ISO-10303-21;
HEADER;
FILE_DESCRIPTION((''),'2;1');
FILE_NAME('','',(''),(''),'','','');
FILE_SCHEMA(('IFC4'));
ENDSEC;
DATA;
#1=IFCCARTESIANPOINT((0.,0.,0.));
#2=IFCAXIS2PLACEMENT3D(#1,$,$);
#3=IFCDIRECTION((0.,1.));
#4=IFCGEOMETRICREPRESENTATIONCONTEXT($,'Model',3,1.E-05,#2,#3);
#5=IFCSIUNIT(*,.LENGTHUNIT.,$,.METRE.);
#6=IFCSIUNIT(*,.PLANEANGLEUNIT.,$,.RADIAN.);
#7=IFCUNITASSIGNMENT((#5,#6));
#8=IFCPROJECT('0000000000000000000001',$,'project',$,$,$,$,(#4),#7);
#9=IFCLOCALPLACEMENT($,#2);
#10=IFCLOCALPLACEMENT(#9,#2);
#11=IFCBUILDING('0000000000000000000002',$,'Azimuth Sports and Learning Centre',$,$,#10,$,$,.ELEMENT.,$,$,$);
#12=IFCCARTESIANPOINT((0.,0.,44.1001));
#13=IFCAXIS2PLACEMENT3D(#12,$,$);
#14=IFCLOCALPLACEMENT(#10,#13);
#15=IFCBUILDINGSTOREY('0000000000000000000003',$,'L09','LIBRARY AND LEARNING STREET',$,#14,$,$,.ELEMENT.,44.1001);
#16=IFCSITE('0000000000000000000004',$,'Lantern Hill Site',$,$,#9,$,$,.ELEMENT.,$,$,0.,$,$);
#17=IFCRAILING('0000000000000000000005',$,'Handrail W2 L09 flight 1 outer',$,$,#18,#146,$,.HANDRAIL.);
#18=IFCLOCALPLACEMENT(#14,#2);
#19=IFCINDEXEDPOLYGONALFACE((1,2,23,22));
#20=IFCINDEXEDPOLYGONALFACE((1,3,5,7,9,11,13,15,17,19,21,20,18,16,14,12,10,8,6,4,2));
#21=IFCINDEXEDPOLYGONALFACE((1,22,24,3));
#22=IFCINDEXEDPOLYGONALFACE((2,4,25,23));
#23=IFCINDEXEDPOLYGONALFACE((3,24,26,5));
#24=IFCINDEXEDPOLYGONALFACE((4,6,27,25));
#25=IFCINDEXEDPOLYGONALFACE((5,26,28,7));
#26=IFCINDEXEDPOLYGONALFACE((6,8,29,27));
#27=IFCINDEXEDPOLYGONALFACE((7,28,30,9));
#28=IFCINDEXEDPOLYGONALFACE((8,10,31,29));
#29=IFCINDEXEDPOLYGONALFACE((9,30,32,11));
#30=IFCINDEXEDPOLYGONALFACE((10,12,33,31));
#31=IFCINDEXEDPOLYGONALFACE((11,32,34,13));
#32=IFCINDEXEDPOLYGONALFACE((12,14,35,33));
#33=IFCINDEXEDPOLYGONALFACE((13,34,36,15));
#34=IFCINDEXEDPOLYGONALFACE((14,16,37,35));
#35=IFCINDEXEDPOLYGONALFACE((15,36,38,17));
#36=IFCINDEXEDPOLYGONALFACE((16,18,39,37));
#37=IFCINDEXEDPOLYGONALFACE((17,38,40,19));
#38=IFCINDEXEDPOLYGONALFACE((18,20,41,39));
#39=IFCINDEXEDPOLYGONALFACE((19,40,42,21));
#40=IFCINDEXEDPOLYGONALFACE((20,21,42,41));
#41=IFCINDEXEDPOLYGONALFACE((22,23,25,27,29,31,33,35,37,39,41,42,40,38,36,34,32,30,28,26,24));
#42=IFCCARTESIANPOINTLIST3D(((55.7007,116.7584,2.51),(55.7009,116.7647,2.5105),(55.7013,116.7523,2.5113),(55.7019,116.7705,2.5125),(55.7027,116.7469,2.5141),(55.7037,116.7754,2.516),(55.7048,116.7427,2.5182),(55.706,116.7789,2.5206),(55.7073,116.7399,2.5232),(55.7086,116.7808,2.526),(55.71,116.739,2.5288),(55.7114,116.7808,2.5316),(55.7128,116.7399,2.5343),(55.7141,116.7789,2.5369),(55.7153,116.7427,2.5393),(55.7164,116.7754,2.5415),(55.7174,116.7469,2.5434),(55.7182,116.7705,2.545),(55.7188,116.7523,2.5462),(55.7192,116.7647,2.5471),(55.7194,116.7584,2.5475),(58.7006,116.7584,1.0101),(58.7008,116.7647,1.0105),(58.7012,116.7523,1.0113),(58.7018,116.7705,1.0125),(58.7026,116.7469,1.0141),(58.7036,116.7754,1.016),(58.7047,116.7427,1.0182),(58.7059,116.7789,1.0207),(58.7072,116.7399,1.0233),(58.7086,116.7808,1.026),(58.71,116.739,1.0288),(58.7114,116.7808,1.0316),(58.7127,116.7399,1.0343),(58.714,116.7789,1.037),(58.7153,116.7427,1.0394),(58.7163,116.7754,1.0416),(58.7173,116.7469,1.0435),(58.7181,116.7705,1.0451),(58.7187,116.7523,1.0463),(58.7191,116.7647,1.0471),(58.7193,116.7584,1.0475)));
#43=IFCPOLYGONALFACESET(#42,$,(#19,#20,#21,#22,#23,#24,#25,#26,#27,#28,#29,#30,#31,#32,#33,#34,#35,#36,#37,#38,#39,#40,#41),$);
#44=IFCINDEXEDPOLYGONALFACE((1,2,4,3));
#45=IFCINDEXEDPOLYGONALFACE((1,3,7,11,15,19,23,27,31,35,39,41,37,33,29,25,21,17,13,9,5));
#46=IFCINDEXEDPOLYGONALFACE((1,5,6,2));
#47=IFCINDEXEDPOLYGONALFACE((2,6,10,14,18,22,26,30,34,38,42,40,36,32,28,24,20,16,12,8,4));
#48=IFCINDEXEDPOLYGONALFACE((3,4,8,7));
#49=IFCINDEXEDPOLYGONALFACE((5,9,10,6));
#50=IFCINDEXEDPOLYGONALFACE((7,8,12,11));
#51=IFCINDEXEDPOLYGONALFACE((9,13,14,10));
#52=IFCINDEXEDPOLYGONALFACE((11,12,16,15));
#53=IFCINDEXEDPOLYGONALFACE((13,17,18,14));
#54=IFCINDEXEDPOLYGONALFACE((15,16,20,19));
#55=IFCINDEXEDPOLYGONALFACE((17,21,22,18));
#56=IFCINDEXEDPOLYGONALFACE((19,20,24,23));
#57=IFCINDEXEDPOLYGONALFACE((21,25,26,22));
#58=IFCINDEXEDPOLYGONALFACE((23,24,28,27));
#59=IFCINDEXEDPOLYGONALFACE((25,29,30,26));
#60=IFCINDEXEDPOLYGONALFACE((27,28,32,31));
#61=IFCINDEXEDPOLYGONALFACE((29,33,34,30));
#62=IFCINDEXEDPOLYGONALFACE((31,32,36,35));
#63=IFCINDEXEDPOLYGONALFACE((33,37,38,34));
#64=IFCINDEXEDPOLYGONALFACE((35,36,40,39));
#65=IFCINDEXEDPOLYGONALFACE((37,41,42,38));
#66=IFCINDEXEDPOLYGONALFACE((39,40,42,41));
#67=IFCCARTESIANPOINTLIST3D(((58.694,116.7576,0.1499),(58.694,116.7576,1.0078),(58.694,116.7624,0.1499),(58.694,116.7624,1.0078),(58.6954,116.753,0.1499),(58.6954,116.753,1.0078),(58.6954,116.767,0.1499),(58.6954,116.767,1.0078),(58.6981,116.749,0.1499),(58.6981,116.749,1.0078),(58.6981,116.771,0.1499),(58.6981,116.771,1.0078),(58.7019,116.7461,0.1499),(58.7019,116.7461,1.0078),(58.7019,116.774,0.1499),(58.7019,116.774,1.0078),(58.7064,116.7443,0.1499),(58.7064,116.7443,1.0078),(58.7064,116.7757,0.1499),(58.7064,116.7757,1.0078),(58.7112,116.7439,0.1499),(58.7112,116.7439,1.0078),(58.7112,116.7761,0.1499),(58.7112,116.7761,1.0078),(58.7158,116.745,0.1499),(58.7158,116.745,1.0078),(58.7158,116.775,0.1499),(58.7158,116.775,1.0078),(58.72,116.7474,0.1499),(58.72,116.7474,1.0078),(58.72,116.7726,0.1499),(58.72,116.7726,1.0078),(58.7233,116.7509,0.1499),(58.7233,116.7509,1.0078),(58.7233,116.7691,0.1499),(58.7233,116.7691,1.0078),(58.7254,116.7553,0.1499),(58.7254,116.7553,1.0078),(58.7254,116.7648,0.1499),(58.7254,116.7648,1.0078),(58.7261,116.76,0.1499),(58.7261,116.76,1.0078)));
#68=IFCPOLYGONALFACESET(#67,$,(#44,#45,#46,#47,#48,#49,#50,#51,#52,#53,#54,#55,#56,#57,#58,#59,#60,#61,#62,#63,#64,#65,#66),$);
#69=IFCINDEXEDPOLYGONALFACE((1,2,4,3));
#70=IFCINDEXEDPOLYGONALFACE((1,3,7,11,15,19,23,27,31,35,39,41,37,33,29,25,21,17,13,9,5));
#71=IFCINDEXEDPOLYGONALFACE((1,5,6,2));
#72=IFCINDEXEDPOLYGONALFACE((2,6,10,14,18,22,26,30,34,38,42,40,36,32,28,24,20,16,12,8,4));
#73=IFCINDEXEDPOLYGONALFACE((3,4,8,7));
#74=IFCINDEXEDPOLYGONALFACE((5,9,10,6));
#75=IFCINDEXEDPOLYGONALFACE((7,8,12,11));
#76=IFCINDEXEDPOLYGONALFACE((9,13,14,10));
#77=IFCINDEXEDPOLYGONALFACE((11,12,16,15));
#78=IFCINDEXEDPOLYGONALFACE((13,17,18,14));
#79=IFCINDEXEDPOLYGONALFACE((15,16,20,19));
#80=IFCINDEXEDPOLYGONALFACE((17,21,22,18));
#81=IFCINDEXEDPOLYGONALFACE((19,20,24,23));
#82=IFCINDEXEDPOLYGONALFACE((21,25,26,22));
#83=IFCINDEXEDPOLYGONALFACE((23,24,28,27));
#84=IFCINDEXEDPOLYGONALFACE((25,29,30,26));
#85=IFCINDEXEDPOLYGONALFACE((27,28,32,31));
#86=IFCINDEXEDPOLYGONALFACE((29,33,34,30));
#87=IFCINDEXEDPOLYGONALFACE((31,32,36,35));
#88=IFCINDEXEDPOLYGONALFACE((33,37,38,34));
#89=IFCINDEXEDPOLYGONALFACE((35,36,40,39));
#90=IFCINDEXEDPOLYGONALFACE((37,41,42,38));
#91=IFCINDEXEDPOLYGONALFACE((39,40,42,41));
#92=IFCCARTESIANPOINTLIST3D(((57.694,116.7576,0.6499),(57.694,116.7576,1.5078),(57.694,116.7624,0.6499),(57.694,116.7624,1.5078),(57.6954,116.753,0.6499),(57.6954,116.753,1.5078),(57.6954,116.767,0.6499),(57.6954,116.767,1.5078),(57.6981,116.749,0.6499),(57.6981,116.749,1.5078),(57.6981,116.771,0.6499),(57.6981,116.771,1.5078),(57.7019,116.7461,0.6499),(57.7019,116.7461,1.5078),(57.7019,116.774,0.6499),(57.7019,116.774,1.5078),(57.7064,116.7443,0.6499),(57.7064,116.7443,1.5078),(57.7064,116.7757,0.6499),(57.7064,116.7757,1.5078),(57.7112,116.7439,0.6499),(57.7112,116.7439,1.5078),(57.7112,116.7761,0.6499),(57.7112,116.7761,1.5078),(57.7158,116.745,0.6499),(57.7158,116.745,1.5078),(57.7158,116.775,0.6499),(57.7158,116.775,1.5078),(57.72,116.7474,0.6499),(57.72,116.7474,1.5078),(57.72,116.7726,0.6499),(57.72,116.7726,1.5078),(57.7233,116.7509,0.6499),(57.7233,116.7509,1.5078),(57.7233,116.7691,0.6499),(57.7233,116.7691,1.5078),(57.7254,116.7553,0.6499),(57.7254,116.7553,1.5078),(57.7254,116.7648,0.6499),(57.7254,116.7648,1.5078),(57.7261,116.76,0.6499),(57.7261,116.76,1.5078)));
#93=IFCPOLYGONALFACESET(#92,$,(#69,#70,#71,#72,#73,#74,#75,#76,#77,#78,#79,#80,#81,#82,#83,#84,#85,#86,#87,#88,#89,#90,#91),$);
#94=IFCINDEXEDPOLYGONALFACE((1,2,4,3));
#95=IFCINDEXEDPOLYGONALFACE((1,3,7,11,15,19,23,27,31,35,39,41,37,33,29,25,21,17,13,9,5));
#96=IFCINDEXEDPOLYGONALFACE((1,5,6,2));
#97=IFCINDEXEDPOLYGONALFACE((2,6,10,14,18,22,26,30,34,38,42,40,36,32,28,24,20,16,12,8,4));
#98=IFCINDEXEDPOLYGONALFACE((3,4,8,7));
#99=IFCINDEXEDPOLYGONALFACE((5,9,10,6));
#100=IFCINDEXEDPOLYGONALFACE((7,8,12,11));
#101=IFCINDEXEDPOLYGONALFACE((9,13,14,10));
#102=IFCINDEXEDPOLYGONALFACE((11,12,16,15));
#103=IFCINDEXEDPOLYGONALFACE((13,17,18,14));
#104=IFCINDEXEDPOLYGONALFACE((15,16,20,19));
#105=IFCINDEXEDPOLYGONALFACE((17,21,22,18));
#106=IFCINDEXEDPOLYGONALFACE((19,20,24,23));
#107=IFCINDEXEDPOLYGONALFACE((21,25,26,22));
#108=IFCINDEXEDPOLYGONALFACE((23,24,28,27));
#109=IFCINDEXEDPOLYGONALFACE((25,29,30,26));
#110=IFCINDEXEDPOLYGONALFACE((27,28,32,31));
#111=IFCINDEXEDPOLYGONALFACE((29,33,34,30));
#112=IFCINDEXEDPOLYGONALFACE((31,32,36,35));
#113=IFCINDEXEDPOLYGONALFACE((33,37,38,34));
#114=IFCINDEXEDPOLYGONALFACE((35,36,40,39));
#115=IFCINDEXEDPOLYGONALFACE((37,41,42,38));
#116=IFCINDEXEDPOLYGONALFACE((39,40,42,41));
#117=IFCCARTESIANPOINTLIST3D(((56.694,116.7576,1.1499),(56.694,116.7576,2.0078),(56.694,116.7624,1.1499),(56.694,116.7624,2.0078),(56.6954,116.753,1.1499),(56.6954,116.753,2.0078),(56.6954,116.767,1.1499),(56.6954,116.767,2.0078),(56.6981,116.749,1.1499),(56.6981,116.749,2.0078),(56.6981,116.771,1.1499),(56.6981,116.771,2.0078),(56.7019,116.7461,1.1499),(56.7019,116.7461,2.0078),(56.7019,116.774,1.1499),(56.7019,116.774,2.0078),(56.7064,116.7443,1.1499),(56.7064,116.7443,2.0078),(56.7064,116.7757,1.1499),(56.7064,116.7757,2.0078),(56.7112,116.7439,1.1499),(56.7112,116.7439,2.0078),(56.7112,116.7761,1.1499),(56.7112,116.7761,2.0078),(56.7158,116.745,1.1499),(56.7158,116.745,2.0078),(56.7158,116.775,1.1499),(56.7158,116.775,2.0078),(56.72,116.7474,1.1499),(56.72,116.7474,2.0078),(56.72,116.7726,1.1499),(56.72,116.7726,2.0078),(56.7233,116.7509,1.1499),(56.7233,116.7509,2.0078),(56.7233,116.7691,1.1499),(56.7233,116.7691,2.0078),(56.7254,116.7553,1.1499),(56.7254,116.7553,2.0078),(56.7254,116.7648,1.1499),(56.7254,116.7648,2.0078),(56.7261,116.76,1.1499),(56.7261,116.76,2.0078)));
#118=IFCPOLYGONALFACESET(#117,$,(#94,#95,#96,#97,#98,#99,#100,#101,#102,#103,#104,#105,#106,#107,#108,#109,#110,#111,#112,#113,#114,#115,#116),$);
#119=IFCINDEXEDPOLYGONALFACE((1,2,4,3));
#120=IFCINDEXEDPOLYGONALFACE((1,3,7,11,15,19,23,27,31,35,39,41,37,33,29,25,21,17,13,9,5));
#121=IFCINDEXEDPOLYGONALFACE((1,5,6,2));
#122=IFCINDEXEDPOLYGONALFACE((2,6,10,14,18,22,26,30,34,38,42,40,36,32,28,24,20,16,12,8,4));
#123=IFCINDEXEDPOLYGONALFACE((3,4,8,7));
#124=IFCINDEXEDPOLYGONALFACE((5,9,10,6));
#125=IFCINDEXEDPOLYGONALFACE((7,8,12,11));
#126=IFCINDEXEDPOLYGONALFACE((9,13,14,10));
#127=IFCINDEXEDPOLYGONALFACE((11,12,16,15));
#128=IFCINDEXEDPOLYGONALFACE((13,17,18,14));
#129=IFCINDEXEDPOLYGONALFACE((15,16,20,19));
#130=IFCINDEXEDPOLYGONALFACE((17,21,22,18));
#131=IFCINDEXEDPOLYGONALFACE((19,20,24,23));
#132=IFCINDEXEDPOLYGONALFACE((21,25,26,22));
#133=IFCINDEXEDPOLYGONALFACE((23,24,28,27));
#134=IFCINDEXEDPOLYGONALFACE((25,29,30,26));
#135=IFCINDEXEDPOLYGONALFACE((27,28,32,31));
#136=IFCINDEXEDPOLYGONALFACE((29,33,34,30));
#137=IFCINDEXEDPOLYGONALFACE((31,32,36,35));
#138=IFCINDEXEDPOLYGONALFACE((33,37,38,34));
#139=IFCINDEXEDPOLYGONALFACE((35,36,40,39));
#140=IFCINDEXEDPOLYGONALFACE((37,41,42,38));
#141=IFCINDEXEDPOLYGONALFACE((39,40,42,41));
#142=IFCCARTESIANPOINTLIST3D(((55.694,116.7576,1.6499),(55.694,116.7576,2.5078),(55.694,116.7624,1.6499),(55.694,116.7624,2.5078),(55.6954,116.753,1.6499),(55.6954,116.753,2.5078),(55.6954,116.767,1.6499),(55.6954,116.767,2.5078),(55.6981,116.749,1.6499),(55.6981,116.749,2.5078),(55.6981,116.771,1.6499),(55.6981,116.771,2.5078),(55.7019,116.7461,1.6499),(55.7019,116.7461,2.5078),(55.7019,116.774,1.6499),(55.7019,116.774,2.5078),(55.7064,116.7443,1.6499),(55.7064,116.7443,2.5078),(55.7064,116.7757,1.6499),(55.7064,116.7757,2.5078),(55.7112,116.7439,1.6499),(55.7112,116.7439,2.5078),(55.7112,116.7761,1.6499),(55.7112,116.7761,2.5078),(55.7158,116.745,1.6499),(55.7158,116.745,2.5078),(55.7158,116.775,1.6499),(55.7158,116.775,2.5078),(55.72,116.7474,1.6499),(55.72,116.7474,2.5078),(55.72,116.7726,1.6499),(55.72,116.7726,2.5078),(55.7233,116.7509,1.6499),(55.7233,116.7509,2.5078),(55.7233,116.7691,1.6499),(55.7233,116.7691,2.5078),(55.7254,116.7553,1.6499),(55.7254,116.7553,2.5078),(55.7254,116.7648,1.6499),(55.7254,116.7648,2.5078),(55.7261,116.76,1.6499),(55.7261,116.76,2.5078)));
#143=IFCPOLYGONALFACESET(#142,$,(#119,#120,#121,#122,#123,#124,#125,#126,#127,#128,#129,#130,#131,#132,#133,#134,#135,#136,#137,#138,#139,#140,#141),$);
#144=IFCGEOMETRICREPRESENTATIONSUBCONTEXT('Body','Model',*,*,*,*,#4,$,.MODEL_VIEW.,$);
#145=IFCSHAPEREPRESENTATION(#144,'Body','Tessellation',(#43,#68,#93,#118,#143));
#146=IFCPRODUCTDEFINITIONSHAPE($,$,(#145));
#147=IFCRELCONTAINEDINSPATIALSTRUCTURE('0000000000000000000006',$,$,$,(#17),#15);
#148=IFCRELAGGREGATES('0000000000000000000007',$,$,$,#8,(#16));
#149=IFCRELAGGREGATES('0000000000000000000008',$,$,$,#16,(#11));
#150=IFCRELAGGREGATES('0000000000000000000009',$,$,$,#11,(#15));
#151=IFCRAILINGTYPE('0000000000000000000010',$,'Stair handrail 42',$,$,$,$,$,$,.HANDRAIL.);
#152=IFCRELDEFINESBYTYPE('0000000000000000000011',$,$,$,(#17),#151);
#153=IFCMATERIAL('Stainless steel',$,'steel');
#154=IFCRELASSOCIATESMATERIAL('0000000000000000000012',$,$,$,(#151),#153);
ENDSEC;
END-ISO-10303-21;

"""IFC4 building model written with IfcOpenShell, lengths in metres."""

from ifc_helpers import new_model, si_unit, direction, frame, origin, origin_2d, place, context, subcontext, project, spatial, circle, extrude, material, type_object, element, save


model = new_model("IFC4")

# Units and contexts
model_context = context("Model", 3, precision=1e-05, world=origin(), true_north=direction((0.0, 1.0)))
body_context = subcontext(model_context, "Body", "Model", "MODEL_VIEW")
ifc_project = project(units=[si_unit("LENGTHUNIT", "METRE"), si_unit("PLANEANGLEUNIT", "RADIAN")], contexts=[model_context])

# Site, building, storey
site_placement = place(None, origin())
site = spatial("IfcSite", under=ifc_project, at=site_placement, Name="Lantern Hill Site", CompositionType="ELEMENT", RefElevation=0.0)
building_placement = place(site_placement, origin())
building = spatial("IfcBuilding", under=site, at=building_placement, Name="Azimuth Sports and Learning Centre", CompositionType="ELEMENT")
storey_placement = place(building_placement, frame((0.0, 0.0, 44.1001)))
storey = spatial("IfcBuildingStorey", under=building, at=storey_placement, Name="L09", Description="LIBRARY AND LEARNING STREET", CompositionType="ELEMENT", Elevation=44.1001)

# Railing
ifc_material_1 = material(Name="Stainless steel", Category="steel")
railing_type_1 = type_object("IfcRailingType", Name="Stair handrail 42", PredefinedType="HANDRAIL", material=ifc_material_1)
for number, where, name in (
    (1, (58.71, 116.76, 0.1499), "Handrail W2 L09 flight 1 outer"),
):
    element("IfcRailing", number, at=place(storey_placement, frame(where)), inside=storey, type_object=railing_type_1, Name=name, PredefinedType="HANDRAIL", context=body_context, shape_type="SweptSolid", body=[
        extrude(circle(Radius=0.021, at=origin_2d()), frame((0.0, 0.0, 0.8789), z_axis=(-0.894427, 0.0, 0.447214), x_axis=(0.0, -1.0, 0.0)), (0.0, 0.0, 1.0), 3.354),
        extrude(circle(Radius=0.0161, at=origin_2d()), origin(), (0.0, 0.0, 1.0), 0.8579),
        extrude(circle(Radius=0.0161, at=origin_2d()), frame((-1.0, 0.0, 0.5)), (0.0, 0.0, 1.0), 0.8579),
        extrude(circle(Radius=0.0161, at=origin_2d()), frame((-2.0, 0.0, 1.0)), (0.0, 0.0, 1.0), 0.8579),
        extrude(circle(Radius=0.0161, at=origin_2d()), frame((-3.0, 0.0, 1.5)), (0.0, 0.0, 1.0), 0.8579),
    ])

save(model, "model.ifc")
